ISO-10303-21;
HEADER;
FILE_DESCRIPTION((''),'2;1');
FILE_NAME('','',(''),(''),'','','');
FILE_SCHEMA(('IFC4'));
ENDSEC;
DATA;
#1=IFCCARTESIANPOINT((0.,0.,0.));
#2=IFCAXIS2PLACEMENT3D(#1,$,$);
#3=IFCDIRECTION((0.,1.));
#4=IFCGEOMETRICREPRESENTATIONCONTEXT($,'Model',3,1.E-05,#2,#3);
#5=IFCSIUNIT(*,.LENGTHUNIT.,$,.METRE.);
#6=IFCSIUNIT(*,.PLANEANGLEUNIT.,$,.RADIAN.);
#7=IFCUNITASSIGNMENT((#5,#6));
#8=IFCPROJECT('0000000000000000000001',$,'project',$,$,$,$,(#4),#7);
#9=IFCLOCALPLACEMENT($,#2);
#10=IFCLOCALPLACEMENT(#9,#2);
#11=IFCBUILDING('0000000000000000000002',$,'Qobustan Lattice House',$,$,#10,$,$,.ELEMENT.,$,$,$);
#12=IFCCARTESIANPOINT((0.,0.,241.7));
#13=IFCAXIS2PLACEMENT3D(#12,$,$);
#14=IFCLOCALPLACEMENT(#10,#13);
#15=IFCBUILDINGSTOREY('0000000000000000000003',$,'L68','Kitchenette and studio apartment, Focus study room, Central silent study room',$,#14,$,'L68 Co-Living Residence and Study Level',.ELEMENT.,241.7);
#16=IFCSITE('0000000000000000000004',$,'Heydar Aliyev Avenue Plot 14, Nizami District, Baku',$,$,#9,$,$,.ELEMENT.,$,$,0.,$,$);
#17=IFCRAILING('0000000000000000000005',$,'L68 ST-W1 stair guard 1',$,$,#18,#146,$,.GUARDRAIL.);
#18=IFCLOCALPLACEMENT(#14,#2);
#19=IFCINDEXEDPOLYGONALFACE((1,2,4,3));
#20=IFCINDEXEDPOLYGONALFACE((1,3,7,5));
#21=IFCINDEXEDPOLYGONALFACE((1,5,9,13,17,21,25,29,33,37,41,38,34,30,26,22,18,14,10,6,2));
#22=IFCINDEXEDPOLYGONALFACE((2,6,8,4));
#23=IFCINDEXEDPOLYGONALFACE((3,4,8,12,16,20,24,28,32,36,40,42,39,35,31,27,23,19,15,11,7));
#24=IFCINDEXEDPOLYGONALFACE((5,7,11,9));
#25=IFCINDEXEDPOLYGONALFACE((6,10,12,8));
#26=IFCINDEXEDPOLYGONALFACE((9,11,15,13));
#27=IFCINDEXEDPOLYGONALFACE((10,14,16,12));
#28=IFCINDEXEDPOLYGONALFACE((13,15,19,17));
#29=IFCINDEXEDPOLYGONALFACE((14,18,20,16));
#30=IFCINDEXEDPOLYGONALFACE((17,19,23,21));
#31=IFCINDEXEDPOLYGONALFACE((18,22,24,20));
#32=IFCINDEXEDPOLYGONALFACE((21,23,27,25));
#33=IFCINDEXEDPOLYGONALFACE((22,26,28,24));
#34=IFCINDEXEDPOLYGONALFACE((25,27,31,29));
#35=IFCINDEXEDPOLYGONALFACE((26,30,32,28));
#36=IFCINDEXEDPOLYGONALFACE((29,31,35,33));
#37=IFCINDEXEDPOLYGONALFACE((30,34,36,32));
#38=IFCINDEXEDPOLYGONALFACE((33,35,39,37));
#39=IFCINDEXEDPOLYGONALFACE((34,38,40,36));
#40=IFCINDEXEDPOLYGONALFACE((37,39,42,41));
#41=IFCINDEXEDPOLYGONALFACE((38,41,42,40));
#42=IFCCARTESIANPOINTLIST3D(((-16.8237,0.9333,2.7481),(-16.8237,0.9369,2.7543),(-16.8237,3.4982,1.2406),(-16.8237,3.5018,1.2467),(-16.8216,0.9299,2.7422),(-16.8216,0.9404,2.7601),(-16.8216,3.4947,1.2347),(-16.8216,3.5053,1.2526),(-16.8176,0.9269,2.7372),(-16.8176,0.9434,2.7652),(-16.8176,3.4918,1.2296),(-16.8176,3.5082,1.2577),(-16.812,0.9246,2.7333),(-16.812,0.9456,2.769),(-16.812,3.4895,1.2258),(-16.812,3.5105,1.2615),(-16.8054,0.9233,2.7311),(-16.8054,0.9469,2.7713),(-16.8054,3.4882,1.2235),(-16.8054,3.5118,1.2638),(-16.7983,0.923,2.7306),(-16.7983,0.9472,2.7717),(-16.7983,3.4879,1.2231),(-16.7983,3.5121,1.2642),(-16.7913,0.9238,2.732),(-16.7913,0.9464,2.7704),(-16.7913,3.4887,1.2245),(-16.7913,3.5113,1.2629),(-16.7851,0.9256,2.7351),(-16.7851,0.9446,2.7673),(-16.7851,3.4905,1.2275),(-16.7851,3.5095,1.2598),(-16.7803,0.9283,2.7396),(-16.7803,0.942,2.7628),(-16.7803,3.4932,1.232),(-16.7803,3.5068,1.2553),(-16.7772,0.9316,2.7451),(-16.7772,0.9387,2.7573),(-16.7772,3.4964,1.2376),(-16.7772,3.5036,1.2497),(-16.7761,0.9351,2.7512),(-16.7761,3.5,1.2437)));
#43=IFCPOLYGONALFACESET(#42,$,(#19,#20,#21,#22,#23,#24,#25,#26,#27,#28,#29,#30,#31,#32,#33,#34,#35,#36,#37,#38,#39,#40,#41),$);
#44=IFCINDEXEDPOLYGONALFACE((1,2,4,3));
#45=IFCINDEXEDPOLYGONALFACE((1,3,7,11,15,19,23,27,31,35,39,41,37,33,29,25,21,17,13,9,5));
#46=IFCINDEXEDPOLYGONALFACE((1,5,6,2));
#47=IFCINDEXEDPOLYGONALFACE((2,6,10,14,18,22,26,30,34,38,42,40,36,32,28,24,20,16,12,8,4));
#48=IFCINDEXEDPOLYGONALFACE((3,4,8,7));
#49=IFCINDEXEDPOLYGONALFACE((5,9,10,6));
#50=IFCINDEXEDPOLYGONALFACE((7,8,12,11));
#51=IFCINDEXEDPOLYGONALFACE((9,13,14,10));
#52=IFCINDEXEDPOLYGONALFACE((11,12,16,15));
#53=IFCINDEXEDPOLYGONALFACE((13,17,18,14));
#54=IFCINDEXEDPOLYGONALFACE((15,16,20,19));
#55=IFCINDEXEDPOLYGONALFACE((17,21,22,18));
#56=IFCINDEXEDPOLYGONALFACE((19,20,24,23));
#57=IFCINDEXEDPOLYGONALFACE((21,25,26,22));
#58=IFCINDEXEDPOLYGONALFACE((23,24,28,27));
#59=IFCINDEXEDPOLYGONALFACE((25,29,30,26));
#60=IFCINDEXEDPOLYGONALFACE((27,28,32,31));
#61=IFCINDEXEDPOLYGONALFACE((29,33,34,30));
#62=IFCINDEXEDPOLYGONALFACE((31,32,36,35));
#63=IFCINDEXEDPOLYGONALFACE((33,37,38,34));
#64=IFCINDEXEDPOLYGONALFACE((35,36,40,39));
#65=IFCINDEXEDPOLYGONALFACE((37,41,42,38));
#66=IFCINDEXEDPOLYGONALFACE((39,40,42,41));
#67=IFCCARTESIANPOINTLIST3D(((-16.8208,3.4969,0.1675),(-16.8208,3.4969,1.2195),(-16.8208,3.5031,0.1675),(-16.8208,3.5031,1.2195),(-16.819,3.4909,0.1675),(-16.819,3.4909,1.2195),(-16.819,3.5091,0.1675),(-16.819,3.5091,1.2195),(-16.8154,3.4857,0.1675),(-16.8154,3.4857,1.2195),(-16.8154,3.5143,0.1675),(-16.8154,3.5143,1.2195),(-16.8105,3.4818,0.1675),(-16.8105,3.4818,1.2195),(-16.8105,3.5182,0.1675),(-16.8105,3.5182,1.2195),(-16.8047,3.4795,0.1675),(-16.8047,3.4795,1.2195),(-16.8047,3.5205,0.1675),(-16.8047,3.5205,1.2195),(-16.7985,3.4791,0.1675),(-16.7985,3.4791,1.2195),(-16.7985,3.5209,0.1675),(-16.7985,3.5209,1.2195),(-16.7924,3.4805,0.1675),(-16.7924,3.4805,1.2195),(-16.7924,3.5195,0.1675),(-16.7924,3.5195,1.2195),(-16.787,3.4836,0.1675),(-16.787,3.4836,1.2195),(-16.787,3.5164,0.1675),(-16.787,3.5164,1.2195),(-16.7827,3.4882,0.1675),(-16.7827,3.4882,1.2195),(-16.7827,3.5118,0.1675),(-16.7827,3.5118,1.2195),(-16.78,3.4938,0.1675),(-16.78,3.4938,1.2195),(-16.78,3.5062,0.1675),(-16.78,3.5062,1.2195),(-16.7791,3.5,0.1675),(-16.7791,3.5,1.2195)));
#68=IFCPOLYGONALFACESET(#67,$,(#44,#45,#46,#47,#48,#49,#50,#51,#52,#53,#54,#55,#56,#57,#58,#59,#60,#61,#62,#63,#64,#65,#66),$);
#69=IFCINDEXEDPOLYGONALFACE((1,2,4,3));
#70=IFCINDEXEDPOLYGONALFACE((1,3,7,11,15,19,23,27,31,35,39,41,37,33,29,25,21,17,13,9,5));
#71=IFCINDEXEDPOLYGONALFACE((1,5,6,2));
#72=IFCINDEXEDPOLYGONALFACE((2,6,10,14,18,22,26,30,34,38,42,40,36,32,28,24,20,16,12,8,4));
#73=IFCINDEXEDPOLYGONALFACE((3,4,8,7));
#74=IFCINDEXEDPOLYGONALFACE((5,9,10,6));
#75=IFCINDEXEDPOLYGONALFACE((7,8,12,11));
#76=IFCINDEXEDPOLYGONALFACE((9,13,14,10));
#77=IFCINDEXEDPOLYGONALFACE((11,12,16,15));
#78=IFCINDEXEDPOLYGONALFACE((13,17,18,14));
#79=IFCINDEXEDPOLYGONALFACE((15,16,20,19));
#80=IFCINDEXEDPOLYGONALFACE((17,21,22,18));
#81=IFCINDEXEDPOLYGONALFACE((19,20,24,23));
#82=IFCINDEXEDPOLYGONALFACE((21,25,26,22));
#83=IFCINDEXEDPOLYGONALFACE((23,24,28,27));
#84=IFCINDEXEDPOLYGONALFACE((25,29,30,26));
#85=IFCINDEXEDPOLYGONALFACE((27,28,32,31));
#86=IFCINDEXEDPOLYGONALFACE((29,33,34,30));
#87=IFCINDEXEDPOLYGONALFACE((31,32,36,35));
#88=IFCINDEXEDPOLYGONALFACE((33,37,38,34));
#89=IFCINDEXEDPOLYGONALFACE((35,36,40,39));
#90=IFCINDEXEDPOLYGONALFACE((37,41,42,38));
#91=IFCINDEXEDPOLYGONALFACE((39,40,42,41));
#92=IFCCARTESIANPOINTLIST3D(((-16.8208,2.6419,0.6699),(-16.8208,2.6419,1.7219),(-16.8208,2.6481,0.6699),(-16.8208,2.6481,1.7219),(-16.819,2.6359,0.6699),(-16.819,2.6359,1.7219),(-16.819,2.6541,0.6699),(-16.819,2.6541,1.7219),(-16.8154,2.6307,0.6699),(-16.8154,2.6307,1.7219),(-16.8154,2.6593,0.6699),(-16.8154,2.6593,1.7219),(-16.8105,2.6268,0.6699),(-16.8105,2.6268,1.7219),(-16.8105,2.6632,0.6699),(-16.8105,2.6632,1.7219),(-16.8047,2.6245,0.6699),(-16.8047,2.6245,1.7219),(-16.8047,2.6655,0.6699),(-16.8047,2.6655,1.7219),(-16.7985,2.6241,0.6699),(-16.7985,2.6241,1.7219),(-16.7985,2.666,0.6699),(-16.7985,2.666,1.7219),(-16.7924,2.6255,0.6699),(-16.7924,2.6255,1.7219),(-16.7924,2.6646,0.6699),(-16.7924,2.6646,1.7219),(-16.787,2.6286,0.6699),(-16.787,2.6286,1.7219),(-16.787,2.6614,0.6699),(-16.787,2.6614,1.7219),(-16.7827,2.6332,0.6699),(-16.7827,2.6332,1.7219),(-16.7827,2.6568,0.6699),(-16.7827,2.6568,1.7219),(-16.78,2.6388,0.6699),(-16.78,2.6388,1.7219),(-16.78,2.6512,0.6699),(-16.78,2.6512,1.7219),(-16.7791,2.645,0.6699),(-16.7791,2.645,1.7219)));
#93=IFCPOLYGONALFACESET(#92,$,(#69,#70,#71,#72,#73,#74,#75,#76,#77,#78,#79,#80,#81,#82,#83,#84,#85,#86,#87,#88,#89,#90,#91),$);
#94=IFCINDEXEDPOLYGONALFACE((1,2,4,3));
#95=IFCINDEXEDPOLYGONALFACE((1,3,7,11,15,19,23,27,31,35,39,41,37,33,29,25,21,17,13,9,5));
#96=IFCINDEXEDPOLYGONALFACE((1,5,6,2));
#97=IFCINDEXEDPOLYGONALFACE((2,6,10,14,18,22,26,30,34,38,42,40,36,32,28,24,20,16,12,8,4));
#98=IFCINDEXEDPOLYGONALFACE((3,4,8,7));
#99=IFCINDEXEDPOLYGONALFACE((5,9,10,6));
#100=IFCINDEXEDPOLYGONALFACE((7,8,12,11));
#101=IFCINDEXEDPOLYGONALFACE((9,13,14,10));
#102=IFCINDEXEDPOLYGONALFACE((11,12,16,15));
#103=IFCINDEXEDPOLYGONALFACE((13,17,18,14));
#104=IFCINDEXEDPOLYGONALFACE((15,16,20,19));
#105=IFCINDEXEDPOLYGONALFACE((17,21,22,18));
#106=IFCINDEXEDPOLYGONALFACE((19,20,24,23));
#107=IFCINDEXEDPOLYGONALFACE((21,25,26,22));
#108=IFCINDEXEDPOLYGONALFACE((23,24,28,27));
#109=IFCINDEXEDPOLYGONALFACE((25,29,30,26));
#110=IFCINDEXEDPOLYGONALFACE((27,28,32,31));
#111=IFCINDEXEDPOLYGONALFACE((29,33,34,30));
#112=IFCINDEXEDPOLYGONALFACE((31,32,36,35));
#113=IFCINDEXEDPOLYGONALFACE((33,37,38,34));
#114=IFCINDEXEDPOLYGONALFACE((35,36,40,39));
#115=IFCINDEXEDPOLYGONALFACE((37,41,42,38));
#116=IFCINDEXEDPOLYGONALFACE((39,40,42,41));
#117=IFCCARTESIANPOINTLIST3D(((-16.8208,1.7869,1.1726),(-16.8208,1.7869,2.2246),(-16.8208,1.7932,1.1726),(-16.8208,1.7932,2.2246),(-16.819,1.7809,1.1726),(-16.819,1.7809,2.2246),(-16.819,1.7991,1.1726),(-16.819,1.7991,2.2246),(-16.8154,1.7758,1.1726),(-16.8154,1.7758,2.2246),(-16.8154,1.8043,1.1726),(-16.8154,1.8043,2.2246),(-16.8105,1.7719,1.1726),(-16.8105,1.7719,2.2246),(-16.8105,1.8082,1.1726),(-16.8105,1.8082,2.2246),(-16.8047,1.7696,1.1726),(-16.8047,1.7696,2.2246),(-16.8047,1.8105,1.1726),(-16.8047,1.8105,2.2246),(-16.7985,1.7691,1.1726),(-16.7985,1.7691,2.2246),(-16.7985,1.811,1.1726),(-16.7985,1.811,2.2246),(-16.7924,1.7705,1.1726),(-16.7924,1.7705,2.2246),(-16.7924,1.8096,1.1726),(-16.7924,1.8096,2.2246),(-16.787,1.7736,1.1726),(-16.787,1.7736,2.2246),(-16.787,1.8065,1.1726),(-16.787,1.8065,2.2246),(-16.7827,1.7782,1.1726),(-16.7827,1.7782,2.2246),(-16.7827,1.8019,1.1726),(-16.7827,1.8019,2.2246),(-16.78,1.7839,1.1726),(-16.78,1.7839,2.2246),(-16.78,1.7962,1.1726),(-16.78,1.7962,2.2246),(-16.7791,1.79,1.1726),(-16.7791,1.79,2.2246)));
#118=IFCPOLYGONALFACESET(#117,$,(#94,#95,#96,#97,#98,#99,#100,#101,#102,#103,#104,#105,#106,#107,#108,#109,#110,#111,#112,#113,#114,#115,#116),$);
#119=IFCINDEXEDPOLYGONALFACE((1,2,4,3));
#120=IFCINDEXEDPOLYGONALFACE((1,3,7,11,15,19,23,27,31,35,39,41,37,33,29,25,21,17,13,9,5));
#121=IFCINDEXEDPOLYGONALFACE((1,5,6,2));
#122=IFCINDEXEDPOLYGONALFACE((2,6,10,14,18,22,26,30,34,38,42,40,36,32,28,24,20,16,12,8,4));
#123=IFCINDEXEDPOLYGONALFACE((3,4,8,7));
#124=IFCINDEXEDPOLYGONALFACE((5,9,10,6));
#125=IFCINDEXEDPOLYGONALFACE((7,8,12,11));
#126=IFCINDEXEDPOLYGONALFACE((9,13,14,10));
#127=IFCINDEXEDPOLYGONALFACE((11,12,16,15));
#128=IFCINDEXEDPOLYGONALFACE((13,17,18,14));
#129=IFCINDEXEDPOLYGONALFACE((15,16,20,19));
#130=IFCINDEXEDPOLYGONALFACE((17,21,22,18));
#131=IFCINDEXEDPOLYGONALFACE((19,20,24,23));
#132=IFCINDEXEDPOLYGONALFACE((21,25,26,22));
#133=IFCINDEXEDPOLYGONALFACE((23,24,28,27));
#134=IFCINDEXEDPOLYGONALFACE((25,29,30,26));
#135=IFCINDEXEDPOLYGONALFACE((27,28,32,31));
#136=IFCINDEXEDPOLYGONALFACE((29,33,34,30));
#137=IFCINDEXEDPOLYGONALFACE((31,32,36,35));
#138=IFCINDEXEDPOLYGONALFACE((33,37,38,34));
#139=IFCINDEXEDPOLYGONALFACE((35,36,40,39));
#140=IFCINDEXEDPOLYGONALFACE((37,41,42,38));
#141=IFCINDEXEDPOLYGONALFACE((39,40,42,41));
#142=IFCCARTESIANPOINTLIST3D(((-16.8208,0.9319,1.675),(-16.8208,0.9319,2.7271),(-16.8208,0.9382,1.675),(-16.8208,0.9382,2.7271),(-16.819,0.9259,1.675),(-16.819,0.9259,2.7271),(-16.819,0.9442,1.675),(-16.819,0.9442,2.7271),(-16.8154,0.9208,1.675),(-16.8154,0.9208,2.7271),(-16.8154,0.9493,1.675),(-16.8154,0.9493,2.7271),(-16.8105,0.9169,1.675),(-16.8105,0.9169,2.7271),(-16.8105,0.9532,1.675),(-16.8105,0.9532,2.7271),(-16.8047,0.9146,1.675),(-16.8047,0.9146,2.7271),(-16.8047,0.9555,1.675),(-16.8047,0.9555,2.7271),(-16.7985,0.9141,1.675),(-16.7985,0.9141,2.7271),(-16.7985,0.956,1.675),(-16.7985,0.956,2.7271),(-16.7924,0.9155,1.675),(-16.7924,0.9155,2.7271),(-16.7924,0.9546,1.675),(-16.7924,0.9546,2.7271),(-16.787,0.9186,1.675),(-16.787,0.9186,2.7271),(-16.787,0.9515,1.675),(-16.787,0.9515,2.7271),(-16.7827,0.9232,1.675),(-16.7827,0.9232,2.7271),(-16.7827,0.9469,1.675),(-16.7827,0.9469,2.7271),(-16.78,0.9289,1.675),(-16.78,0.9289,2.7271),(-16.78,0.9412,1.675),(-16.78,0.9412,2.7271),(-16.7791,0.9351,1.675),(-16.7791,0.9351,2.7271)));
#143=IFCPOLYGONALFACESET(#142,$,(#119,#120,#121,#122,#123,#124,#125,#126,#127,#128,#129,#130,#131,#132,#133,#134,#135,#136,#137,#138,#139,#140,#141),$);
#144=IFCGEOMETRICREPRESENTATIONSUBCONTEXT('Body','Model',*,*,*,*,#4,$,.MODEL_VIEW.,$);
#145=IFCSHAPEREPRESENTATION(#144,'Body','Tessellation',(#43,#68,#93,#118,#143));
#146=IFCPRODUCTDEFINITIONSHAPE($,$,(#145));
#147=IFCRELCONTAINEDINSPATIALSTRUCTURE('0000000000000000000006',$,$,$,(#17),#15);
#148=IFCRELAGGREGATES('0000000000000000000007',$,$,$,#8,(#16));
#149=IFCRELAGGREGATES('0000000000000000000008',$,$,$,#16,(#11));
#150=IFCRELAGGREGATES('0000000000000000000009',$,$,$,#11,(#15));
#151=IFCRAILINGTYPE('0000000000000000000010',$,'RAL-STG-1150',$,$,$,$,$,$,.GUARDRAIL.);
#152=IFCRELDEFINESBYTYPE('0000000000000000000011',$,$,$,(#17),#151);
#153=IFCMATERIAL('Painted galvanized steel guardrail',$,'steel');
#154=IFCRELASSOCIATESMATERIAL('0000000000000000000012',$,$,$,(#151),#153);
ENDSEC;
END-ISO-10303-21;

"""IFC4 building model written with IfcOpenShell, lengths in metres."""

from ifc_helpers import new_model, si_unit, direction, frame, origin, origin_2d, place, context, subcontext, project, spatial, circle, extrude, material, type_object, element, save


model = new_model("IFC4")

# Units and contexts
model_context = context("Model", 3, precision=1e-05, world=origin(), true_north=direction((0.0, 1.0)))
body_context = subcontext(model_context, "Body", "Model", "MODEL_VIEW")
ifc_project = project(units=[si_unit("LENGTHUNIT", "METRE"), si_unit("PLANEANGLEUNIT", "RADIAN")], contexts=[model_context])

# Site, building, storey
site_placement = place(None, origin())
site = spatial("IfcSite", under=ifc_project, at=site_placement, Name="Heydar Aliyev Avenue Plot 14, Nizami District, Baku", CompositionType="ELEMENT", RefElevation=0.0)
building_placement = place(site_placement, origin())
building = spatial("IfcBuilding", under=site, at=building_placement, Name="Qobustan Lattice House", CompositionType="ELEMENT")
storey_placement = place(building_placement, frame((0.0, 0.0, 241.7)))
storey = spatial("IfcBuildingStorey", under=building, at=storey_placement, Name="L68", Description="Kitchenette and studio apartment, Focus study room, Central silent study room", LongName="L68 Co-Living Residence and Study Level", CompositionType="ELEMENT", Elevation=241.7)

# Railing
ifc_material_1 = material(Name="Painted galvanized steel guardrail", Category="steel")
railing_type_1 = type_object("IfcRailingType", Name="RAL-STG-1150", PredefinedType="GUARDRAIL", material=ifc_material_1)
railing_1_placement = place(storey_placement, frame((-16.8, 3.5, 0.1675)))
element("IfcRailing", 1, at=railing_1_placement, inside=storey, type_object=railing_type_1, Name="L68 ST-W1 stair guard 1", PredefinedType="GUARDRAIL", context=body_context, shape_type="SweptSolid", body=[
    extrude(circle(Radius=0.0239, at=origin_2d()), frame((0.0, 0.0, 1.0762), z_axis=(0.0, -0.862113, 0.506715), x_axis=(1.0, 0.0, 0.0)), (0.0, 0.0, 1.0), 2.9751),
    extrude(circle(Radius=0.021, at=origin_2d()), origin(), (0.0, 0.0, 1.0), 1.052),
    extrude(circle(Radius=0.021, at=origin_2d()), frame((0.0, -0.855, 0.5024)), (0.0, 0.0, 1.0), 1.052),
    extrude(circle(Radius=0.021, at=origin_2d()), frame((0.0, -1.71, 1.0051)), (0.0, 0.0, 1.0), 1.052),
    extrude(circle(Radius=0.021, at=origin_2d()), frame((0.0, -2.5649, 1.5076)), (0.0, 0.0, 1.0), 1.052),
])

save(model, "model.ifc")
